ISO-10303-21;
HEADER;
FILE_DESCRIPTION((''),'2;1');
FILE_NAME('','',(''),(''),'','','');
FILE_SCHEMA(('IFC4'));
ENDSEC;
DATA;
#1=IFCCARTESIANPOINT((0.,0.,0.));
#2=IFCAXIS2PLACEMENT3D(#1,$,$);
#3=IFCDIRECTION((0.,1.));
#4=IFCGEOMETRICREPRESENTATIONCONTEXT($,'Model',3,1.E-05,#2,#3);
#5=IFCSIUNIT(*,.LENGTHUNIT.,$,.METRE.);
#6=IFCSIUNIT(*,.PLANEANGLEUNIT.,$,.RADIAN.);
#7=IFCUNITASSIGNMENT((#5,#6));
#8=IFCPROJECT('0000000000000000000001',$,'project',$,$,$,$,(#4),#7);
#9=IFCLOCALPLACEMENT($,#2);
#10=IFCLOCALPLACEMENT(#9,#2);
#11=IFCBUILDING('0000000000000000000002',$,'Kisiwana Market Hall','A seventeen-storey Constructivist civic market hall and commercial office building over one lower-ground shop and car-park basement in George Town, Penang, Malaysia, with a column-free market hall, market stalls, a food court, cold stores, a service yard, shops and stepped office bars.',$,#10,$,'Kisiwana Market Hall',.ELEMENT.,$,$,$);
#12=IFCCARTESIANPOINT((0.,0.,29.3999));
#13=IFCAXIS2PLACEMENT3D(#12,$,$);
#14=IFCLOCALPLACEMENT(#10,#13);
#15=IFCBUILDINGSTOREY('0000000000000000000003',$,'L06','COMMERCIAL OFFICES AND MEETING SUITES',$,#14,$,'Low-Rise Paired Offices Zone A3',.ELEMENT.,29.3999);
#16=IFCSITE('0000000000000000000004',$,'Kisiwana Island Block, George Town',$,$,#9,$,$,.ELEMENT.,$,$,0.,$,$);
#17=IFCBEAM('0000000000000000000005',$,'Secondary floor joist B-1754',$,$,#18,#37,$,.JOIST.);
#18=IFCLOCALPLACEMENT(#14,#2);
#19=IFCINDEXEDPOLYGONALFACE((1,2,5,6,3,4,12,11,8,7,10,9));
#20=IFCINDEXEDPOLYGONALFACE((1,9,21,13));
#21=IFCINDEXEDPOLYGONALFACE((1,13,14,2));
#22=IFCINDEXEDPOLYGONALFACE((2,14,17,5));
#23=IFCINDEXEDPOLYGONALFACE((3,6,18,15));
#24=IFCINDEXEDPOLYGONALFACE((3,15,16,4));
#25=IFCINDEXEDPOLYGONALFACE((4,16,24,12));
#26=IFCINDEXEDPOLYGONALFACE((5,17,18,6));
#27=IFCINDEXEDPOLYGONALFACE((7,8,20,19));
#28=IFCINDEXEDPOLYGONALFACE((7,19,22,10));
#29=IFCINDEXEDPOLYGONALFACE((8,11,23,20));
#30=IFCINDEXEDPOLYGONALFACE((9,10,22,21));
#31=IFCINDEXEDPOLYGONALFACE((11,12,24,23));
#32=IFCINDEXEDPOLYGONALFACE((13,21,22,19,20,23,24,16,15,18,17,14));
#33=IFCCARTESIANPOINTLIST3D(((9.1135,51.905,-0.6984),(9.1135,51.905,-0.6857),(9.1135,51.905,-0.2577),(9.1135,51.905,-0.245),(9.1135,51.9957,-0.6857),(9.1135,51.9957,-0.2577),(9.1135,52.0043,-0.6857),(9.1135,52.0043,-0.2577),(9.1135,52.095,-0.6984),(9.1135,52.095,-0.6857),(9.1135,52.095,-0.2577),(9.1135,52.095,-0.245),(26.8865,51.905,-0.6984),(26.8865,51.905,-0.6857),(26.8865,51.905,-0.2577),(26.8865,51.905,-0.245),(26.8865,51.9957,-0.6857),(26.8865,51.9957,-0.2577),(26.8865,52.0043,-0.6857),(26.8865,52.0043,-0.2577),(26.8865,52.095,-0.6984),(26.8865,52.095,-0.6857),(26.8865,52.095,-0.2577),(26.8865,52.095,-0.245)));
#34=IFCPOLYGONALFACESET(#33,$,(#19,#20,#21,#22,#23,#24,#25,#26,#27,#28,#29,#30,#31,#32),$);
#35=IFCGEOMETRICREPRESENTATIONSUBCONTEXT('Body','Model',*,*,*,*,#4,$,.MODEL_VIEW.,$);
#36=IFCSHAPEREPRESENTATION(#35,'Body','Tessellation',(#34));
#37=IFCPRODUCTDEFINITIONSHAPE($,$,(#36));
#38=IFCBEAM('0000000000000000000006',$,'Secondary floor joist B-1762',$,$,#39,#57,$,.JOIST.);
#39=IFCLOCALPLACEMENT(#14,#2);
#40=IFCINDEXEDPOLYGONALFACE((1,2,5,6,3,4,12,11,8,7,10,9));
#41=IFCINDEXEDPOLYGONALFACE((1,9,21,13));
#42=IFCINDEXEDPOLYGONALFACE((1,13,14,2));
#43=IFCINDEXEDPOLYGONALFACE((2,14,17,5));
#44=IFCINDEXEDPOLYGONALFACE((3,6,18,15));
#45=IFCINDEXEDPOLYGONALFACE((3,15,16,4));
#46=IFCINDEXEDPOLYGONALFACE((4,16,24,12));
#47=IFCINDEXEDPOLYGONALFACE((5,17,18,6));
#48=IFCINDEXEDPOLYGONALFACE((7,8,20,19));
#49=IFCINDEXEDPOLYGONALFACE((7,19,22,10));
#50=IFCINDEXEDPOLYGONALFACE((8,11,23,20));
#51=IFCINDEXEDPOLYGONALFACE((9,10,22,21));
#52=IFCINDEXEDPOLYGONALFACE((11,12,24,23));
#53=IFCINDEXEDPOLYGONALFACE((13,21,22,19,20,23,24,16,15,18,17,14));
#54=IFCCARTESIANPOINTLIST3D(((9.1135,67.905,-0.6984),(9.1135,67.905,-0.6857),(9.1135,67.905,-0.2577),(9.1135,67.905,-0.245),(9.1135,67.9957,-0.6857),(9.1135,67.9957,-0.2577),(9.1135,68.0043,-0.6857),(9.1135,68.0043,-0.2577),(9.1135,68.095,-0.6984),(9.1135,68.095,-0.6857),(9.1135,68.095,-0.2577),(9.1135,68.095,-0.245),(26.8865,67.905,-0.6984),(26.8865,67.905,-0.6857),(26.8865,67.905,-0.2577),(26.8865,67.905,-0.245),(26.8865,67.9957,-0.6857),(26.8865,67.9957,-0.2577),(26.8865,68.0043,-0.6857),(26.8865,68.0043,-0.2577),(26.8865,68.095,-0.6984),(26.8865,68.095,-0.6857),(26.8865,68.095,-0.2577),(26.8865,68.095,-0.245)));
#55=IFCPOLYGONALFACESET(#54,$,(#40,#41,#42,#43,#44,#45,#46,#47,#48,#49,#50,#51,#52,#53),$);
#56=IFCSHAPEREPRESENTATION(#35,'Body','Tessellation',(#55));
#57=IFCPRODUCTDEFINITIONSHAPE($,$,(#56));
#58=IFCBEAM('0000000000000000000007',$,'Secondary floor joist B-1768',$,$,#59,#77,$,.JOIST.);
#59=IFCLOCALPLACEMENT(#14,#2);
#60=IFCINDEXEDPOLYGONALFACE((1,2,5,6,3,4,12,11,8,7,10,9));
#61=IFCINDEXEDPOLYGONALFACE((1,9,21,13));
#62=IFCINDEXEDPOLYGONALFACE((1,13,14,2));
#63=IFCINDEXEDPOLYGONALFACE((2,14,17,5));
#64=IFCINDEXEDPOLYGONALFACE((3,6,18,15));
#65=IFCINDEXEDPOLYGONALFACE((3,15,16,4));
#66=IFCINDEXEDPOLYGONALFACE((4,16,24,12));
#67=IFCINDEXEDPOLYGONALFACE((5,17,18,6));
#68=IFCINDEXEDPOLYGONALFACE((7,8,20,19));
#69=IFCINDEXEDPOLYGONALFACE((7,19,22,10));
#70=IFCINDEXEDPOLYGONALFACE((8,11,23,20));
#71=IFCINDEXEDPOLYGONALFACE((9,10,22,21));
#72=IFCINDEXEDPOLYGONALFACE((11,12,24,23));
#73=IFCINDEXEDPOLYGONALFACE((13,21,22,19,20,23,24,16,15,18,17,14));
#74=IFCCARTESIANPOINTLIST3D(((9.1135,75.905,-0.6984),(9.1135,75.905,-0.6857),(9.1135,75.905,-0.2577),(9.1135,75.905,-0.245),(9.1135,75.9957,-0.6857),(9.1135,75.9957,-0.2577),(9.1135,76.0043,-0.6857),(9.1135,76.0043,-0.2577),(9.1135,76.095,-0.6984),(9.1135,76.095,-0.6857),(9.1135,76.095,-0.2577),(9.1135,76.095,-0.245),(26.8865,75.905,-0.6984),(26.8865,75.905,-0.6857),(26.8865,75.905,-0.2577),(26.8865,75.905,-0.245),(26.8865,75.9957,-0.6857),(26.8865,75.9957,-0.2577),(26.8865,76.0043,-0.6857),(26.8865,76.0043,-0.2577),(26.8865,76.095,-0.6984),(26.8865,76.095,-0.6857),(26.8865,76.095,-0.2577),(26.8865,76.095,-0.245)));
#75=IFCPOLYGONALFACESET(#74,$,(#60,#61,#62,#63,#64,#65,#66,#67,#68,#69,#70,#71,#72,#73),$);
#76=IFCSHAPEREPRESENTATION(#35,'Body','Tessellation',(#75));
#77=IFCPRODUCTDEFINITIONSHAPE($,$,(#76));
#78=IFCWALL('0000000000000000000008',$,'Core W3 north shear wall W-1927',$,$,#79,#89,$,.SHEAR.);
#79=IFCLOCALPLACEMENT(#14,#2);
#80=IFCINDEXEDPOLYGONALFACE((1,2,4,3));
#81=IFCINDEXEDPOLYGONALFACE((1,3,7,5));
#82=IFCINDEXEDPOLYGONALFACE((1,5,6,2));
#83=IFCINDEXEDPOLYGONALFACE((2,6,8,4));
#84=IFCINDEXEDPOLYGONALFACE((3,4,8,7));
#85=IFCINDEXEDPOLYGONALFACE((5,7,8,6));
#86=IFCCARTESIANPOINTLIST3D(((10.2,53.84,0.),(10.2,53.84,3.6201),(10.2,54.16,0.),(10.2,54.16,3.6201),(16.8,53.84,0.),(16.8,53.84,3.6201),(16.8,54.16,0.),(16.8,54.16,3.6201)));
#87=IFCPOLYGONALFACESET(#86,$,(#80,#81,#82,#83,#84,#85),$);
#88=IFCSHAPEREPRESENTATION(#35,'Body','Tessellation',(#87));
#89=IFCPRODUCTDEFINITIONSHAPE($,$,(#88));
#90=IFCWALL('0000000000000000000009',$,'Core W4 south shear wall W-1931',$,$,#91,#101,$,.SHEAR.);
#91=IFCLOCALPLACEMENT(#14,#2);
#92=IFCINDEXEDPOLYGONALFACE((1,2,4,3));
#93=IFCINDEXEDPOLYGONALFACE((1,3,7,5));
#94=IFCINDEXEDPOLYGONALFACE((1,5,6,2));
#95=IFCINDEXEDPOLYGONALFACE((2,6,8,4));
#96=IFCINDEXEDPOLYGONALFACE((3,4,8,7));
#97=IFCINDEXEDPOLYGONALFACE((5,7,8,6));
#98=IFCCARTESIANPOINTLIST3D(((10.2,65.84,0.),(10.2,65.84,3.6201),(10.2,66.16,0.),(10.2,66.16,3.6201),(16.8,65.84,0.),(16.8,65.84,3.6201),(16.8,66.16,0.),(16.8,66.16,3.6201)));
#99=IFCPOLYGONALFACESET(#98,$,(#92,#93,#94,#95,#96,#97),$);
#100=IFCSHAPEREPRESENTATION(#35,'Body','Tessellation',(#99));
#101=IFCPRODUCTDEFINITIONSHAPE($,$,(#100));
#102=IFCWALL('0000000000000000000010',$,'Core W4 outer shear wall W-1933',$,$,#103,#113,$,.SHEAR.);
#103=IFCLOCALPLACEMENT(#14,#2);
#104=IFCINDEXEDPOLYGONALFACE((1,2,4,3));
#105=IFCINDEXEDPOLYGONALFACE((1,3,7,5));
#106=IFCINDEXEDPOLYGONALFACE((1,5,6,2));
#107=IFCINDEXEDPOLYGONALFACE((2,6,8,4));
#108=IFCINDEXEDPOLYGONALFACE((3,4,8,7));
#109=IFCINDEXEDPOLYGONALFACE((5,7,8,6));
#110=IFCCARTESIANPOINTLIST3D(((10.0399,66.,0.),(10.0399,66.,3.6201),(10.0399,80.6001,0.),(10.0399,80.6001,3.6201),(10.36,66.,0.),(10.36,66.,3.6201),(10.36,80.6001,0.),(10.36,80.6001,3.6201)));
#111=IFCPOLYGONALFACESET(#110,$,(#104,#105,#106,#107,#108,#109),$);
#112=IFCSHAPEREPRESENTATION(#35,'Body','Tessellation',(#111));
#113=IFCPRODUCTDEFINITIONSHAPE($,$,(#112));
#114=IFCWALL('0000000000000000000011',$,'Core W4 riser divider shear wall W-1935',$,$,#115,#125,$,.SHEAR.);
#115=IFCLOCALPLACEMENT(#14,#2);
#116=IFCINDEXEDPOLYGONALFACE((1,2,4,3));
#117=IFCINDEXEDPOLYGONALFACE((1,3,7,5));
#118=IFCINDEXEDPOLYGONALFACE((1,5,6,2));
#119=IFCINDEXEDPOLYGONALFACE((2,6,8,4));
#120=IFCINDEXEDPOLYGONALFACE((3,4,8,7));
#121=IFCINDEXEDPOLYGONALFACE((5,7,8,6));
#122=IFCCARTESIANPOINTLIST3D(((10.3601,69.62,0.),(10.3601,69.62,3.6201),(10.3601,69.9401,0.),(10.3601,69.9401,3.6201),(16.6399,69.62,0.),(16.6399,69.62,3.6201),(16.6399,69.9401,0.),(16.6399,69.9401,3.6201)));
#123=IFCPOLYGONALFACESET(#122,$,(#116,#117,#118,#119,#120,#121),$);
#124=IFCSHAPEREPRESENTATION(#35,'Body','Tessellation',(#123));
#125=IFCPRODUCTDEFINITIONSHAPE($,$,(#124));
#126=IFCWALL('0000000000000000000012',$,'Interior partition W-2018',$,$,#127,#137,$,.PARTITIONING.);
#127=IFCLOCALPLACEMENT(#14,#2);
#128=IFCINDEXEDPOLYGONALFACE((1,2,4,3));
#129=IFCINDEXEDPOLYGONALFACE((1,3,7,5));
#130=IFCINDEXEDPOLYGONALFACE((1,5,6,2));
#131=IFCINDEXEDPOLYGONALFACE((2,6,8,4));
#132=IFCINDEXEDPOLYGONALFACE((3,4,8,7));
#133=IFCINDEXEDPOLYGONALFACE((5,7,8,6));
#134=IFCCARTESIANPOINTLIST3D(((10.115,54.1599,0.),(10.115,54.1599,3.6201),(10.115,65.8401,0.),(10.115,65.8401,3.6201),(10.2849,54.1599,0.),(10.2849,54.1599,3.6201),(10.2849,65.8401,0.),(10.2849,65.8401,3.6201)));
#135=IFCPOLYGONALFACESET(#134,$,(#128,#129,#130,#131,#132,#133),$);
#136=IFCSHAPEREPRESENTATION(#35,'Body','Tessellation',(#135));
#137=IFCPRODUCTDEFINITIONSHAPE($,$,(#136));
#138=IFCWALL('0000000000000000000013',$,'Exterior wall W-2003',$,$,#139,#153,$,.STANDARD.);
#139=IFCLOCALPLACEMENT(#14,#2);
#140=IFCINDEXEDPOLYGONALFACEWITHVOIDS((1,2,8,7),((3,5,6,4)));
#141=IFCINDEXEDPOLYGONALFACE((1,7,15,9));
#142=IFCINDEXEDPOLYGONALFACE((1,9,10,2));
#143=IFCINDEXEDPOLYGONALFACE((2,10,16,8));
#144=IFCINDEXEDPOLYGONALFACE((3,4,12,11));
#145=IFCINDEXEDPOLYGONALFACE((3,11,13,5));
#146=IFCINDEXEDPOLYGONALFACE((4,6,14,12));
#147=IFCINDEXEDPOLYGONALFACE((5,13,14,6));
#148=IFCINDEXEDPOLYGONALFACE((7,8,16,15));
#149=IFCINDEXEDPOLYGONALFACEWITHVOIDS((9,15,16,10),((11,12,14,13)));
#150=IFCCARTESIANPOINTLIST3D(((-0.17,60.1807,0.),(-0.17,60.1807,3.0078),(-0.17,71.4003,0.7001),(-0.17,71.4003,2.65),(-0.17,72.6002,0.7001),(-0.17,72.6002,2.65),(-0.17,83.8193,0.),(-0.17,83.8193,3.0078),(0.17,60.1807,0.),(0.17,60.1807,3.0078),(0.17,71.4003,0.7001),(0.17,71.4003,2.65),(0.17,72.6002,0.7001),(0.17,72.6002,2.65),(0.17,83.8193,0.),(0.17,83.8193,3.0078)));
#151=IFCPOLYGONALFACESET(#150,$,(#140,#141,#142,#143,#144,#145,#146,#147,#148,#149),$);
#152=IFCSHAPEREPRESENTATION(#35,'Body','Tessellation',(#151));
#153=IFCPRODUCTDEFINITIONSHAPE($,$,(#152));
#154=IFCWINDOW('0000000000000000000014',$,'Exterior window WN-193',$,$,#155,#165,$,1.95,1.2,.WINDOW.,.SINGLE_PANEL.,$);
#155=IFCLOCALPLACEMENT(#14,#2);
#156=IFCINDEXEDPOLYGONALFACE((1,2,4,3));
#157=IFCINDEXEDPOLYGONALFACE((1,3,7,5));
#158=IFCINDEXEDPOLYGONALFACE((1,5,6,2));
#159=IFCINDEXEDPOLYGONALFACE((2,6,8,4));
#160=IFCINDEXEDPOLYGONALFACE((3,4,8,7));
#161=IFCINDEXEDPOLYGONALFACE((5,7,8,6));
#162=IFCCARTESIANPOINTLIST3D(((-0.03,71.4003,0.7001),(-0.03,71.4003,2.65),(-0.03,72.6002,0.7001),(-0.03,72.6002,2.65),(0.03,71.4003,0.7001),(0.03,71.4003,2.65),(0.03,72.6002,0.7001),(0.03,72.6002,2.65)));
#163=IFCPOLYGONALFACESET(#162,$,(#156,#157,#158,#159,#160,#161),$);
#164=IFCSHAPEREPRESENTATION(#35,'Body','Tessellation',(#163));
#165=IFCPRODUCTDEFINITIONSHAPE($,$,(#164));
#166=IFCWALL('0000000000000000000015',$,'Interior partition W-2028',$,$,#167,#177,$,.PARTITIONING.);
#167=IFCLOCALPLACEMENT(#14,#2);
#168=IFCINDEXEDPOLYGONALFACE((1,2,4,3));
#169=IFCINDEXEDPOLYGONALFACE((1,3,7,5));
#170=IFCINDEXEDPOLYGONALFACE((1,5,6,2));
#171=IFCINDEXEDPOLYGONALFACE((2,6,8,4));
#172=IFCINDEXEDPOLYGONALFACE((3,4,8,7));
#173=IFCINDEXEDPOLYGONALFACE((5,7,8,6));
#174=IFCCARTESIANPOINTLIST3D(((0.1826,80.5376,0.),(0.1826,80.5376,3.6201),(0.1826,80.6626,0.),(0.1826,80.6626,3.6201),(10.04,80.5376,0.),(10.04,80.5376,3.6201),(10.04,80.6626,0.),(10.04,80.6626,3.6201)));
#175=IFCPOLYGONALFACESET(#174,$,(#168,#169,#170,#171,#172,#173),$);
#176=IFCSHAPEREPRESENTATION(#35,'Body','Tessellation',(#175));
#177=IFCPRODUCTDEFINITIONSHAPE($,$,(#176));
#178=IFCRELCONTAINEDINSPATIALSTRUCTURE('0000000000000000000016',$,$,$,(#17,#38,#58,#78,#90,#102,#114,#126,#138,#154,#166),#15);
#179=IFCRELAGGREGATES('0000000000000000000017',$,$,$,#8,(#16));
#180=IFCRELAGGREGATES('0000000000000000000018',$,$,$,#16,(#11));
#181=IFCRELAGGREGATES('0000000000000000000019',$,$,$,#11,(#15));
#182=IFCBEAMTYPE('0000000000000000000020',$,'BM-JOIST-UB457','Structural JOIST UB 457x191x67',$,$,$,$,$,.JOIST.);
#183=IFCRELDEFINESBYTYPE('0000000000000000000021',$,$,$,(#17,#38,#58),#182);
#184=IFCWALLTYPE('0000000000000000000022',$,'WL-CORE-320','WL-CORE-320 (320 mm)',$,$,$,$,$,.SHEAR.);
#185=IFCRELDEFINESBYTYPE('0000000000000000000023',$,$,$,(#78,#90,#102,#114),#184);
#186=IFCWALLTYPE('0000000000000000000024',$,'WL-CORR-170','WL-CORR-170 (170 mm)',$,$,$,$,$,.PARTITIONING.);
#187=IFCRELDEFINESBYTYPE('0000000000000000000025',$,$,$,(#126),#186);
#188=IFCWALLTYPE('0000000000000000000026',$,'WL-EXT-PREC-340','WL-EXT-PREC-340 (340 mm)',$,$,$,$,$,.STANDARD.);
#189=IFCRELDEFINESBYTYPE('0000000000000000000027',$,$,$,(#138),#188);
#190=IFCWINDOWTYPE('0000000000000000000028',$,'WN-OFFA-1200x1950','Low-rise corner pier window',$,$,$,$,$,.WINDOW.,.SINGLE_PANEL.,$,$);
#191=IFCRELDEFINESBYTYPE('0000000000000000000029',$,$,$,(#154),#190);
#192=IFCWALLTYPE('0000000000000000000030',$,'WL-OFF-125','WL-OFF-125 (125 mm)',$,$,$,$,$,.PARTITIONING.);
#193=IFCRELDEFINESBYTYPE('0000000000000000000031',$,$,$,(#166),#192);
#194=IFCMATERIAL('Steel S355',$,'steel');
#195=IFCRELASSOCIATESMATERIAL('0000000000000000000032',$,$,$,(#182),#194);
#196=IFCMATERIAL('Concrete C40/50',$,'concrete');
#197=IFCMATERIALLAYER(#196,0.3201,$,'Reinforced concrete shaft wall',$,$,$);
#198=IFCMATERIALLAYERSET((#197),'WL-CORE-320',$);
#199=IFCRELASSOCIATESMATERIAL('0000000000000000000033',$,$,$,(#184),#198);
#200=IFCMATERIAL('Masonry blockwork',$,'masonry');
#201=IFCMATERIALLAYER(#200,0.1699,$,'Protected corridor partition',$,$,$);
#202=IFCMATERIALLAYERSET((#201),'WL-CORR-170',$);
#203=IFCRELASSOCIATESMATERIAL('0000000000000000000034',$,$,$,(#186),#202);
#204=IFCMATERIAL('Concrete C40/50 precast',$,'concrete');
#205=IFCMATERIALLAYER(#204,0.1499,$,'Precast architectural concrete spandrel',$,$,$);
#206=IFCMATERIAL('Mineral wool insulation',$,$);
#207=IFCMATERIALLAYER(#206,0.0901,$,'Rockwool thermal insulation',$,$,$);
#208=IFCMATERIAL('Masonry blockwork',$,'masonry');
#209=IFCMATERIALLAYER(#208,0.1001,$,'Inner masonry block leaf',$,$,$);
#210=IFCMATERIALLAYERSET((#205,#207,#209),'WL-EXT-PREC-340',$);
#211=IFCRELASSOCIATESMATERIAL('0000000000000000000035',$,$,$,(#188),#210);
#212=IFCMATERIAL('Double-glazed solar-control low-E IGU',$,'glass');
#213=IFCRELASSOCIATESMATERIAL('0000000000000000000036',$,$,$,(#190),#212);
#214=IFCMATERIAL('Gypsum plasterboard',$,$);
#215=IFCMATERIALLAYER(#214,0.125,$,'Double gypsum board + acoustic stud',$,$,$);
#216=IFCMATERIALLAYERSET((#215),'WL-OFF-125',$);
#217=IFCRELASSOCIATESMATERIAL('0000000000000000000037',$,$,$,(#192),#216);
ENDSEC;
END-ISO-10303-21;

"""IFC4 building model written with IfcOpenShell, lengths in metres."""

from ifc_helpers import new_model, si_unit, direction, frame, frame_2d, origin, origin_2d, place, context, subcontext, project, spatial, rectangle, i_section, extrude, material, layer, layer_set, material_profile, profile_set, type_object, element, fill, save


model = new_model("IFC4")

# Units and contexts
model_context = context("Model", 3, precision=1e-05, world=origin(), true_north=direction((0.0, 1.0)))
body_context = subcontext(model_context, "Body", "Model", "MODEL_VIEW")
ifc_project = project(units=[si_unit("LENGTHUNIT", "METRE"), si_unit("PLANEANGLEUNIT", "RADIAN")], contexts=[model_context])

# Site, building, storey
site_placement = place(None, origin())
site = spatial("IfcSite", under=ifc_project, at=site_placement, Name="Kisiwana Island Block, George Town", CompositionType="ELEMENT", RefElevation=0.0)
building_placement = place(site_placement, origin())
building = spatial("IfcBuilding", under=site, at=building_placement, Name="Kisiwana Market Hall", Description="A seventeen-storey Constructivist civic market hall and commercial office building over one lower-ground shop and car-park basement in George Town, Penang, Malaysia, with a column-free market hall, market stalls, a food court, cold stores, a service yard, shops and stepped office bars.", LongName="Kisiwana Market Hall", CompositionType="ELEMENT")
storey_placement = place(building_placement, frame((0.0, 0.0, 29.3999)))
storey = spatial("IfcBuildingStorey", under=building, at=storey_placement, Name="L06", Description="COMMERCIAL OFFICES AND MEETING SUITES", LongName="Low-Rise Paired Offices Zone A3", CompositionType="ELEMENT", Elevation=29.3999)

# Beams
ifc_material_1 = material(Name="Steel S355", Category="steel")
ifc_material_profile_1 = material_profile(ifc_material_1, i_section(OverallWidth=0.1899, OverallDepth=0.4534, WebThickness=0.0085, FlangeThickness=0.0127, at=origin_2d()), Name="UB 457x191x67")
ifc_profile_set_1 = profile_set([ifc_material_profile_1], Name="Steel S355")
beam_type_1 = type_object("IfcBeamType", Name="BM-JOIST-UB457", Description="Structural JOIST UB 457x191x67", PredefinedType="JOIST", material=ifc_profile_set_1)
for number, where, z_axis, x_axis, name in (
    (1, (9.1135, 52.0, -0.4717), (1.0, 0.0, 0.0), (0.0, 1.0, 0.0), "Secondary floor joist B-1754"),
    (2, (9.1135, 68.0, -0.4717), (1.0, 0.0, 0.0), (0.0, 1.0, 0.0), "Secondary floor joist B-1762"),
    (3, (9.1135, 76.0, -0.4717), (1.0, 0.0, 0.0), (0.0, 1.0, 0.0), "Secondary floor joist B-1768"),
):
    element("IfcBeam", number, at=place(storey_placement, frame(where, z_axis=z_axis, x_axis=x_axis)), inside=storey, type_object=beam_type_1, Name=name, PredefinedType="JOIST", context=body_context, shape_type="SweptSolid", body=[
        extrude(i_section(OverallWidth=0.1899, OverallDepth=0.4534, WebThickness=0.0085, FlangeThickness=0.0127, at=origin_2d()), origin(), (0.0, 0.0, 1.0), 17.7729),
    ])

# Walls
ifc_material_2 = material(Name="Concrete C40/50", Category="concrete")
ifc_layer_1 = layer(ifc_material_2, 0.3201, Name="Reinforced concrete shaft wall")
ifc_layer_set_1 = layer_set([ifc_layer_1], Name="WL-CORE-320")
wall_type_1 = type_object("IfcWallType", Name="WL-CORE-320", Description="WL-CORE-320 (320 mm)", PredefinedType="SHEAR", material=ifc_layer_set_1)
for number, where, z_axis, x_axis, name in (
    (4, (10.2, 54.0, 0.0), (0.0, 0.0, 1.0), (1.0, 0.0, 0.0), "Core W3 north shear wall W-1927"),
    (5, (10.2, 66.0, 0.0), (0.0, 0.0, 1.0), (1.0, 0.0, 0.0), "Core W4 south shear wall W-1931"),
):
    element("IfcWall", number, at=place(storey_placement, frame(where, z_axis=z_axis, x_axis=x_axis)), inside=storey, type_object=wall_type_1, Name=name, PredefinedType="SHEAR", context=body_context, shape_type="SweptSolid", body=[
        extrude(rectangle(XDim=6.6001, YDim=0.3201, at=frame_2d((3.3, 0.0))), origin(), (0.0, 0.0, 1.0), 3.6201),
    ])
wall_1_placement = place(storey_placement, frame((10.2, 66.0, 0.0), z_axis=(0.0, 0.0, 1.0), x_axis=(0.0, 1.0, 0.0)))
element("IfcWall", 6, at=wall_1_placement, inside=storey, type_object=wall_type_1, Name="Core W4 outer shear wall W-1933", PredefinedType="SHEAR", context=body_context, shape_type="SweptSolid", body=[
    extrude(rectangle(XDim=14.6001, YDim=0.3201, at=frame_2d((7.3, 0.0))), origin(), (0.0, 0.0, 1.0), 3.6201),
])
wall_2_placement = place(storey_placement, frame((10.3601, 69.78, 0.0), z_axis=(0.0, 0.0, 1.0), x_axis=(1.0, 0.0, 0.0)))
element("IfcWall", 7, at=wall_2_placement, inside=storey, type_object=wall_type_1, Name="Core W4 riser divider shear wall W-1935", PredefinedType="SHEAR", context=body_context, shape_type="SweptSolid", body=[
    extrude(rectangle(XDim=6.2798, YDim=0.3201, at=frame_2d((3.1399, 0.0))), origin(), (0.0, 0.0, 1.0), 3.6201),
])
ifc_material_3 = material(Name="Masonry blockwork", Category="masonry")
ifc_layer_2 = layer(ifc_material_3, 0.1699, Name="Protected corridor partition")
ifc_layer_set_2 = layer_set([ifc_layer_2], Name="WL-CORR-170")
wall_type_2 = type_object("IfcWallType", Name="WL-CORR-170", Description="WL-CORR-170 (170 mm)", PredefinedType="PARTITIONING", material=ifc_layer_set_2)
wall_3_placement = place(storey_placement, frame((10.2, 54.1599, 0.0), z_axis=(0.0, 0.0, 1.0), x_axis=(0.0, 1.0, 0.0)))
element("IfcWall", 8, at=wall_3_placement, inside=storey, type_object=wall_type_2, Name="Interior partition W-2018", PredefinedType="PARTITIONING", context=body_context, shape_type="SweptSolid", body=[
    extrude(rectangle(XDim=11.6802, YDim=0.1699, at=frame_2d((5.8401, 0.0))), origin(), (0.0, 0.0, 1.0), 3.6201),
])

# Wall, opening, window
ifc_material_4 = material(Name="Concrete C40/50 precast", Category="concrete")
ifc_layer_3 = layer(ifc_material_4, 0.1499, Name="Precast architectural concrete spandrel")
ifc_material_5 = material(Name="Mineral wool insulation")
ifc_layer_4 = layer(ifc_material_5, 0.0901, Name="Rockwool thermal insulation")
ifc_material_6 = material(Name="Masonry blockwork", Category="masonry")
ifc_layer_5 = layer(ifc_material_6, 0.1001, Name="Inner masonry block leaf")
ifc_layer_set_3 = layer_set([ifc_layer_3, ifc_layer_4, ifc_layer_5], Name="WL-EXT-PREC-340")
wall_type_3 = type_object("IfcWallType", Name="WL-EXT-PREC-340", Description="WL-EXT-PREC-340 (340 mm)", PredefinedType="STANDARD", material=ifc_layer_set_3)
wall_4_placement = place(storey_placement, frame((0.0, 60.1807, 0.0), z_axis=(0.0, 0.0, 1.0), x_axis=(0.0, 1.0, 0.0)))
wall_4 = element("IfcWall", 9, at=wall_4_placement, inside=storey, type_object=wall_type_3, Name="Exterior wall W-2003", PredefinedType="STANDARD", context=body_context, shape_type="SweptSolid", body=[
    extrude(rectangle(XDim=23.6387, YDim=0.3401, at=frame_2d((11.8193, 0.0))), origin(), (0.0, 0.0, 1.0), 3.0078),
])
opening_placement = place(wall_4_placement, frame((11.2195, 0.0, 0.7)))
opening = element("IfcOpeningElement", 10, at=opening_placement, cuts=wall_4, PredefinedType="OPENING", context=body_context, shape_type="SweptSolid", body=[
    extrude(rectangle(XDim=1.2, YDim=1.95, at=frame_2d((0.6001, 0.9751))), frame((0.0, 0.1821, 0.0), z_axis=(0.0, -1.0, 0.0), x_axis=(1.0, 0.0, 0.0)), (0.0, 0.0, 1.0), 0.364),
])
ifc_material_7 = material(Name="Double-glazed solar-control low-E IGU", Category="glass")
window_type = type_object("IfcWindowType", Name="WN-OFFA-1200x1950", Description="Low-rise corner pier window", PartitioningType="SINGLE_PANEL", PredefinedType="WINDOW", material=ifc_material_7)
window_placement = place(opening_placement, origin())
window = element("IfcWindow", 11, at=window_placement, inside=storey, type_object=window_type, Name="Exterior window WN-193", OverallHeight=1.95, OverallWidth=1.2, PartitioningType="SINGLE_PANEL", PredefinedType="WINDOW", context=body_context, shape_type="SweptSolid", body=[
    extrude(rectangle(XDim=1.2, YDim=1.95, at=frame_2d((0.6001, 0.9751))), frame((0.0, 0.03, 0.0), z_axis=(0.0, -1.0, 0.0), x_axis=(1.0, 0.0, 0.0)), (0.0, 0.0, 1.0), 0.0601),
])
fill(opening, window)

# Wall
ifc_material_8 = material(Name="Gypsum plasterboard")
ifc_layer_6 = layer(ifc_material_8, 0.125, Name="Double gypsum board + acoustic stud")
ifc_layer_set_4 = layer_set([ifc_layer_6], Name="WL-OFF-125")
wall_type_4 = type_object("IfcWallType", Name="WL-OFF-125", Description="WL-OFF-125 (125 mm)", PredefinedType="PARTITIONING", material=ifc_layer_set_4)
wall_5_placement = place(storey_placement, frame((0.1826, 80.6001, 0.0), z_axis=(0.0, 0.0, 1.0), x_axis=(1.0, 0.0, 0.0)))
element("IfcWall", 12, at=wall_5_placement, inside=storey, type_object=wall_type_4, Name="Interior partition W-2028", PredefinedType="PARTITIONING", context=body_context, shape_type="SweptSolid", body=[
    extrude(rectangle(XDim=9.8574, YDim=0.125, at=frame_2d((4.9287, 0.0))), origin(), (0.0, 0.0, 1.0), 3.6201),
])

save(model, "model.ifc")
